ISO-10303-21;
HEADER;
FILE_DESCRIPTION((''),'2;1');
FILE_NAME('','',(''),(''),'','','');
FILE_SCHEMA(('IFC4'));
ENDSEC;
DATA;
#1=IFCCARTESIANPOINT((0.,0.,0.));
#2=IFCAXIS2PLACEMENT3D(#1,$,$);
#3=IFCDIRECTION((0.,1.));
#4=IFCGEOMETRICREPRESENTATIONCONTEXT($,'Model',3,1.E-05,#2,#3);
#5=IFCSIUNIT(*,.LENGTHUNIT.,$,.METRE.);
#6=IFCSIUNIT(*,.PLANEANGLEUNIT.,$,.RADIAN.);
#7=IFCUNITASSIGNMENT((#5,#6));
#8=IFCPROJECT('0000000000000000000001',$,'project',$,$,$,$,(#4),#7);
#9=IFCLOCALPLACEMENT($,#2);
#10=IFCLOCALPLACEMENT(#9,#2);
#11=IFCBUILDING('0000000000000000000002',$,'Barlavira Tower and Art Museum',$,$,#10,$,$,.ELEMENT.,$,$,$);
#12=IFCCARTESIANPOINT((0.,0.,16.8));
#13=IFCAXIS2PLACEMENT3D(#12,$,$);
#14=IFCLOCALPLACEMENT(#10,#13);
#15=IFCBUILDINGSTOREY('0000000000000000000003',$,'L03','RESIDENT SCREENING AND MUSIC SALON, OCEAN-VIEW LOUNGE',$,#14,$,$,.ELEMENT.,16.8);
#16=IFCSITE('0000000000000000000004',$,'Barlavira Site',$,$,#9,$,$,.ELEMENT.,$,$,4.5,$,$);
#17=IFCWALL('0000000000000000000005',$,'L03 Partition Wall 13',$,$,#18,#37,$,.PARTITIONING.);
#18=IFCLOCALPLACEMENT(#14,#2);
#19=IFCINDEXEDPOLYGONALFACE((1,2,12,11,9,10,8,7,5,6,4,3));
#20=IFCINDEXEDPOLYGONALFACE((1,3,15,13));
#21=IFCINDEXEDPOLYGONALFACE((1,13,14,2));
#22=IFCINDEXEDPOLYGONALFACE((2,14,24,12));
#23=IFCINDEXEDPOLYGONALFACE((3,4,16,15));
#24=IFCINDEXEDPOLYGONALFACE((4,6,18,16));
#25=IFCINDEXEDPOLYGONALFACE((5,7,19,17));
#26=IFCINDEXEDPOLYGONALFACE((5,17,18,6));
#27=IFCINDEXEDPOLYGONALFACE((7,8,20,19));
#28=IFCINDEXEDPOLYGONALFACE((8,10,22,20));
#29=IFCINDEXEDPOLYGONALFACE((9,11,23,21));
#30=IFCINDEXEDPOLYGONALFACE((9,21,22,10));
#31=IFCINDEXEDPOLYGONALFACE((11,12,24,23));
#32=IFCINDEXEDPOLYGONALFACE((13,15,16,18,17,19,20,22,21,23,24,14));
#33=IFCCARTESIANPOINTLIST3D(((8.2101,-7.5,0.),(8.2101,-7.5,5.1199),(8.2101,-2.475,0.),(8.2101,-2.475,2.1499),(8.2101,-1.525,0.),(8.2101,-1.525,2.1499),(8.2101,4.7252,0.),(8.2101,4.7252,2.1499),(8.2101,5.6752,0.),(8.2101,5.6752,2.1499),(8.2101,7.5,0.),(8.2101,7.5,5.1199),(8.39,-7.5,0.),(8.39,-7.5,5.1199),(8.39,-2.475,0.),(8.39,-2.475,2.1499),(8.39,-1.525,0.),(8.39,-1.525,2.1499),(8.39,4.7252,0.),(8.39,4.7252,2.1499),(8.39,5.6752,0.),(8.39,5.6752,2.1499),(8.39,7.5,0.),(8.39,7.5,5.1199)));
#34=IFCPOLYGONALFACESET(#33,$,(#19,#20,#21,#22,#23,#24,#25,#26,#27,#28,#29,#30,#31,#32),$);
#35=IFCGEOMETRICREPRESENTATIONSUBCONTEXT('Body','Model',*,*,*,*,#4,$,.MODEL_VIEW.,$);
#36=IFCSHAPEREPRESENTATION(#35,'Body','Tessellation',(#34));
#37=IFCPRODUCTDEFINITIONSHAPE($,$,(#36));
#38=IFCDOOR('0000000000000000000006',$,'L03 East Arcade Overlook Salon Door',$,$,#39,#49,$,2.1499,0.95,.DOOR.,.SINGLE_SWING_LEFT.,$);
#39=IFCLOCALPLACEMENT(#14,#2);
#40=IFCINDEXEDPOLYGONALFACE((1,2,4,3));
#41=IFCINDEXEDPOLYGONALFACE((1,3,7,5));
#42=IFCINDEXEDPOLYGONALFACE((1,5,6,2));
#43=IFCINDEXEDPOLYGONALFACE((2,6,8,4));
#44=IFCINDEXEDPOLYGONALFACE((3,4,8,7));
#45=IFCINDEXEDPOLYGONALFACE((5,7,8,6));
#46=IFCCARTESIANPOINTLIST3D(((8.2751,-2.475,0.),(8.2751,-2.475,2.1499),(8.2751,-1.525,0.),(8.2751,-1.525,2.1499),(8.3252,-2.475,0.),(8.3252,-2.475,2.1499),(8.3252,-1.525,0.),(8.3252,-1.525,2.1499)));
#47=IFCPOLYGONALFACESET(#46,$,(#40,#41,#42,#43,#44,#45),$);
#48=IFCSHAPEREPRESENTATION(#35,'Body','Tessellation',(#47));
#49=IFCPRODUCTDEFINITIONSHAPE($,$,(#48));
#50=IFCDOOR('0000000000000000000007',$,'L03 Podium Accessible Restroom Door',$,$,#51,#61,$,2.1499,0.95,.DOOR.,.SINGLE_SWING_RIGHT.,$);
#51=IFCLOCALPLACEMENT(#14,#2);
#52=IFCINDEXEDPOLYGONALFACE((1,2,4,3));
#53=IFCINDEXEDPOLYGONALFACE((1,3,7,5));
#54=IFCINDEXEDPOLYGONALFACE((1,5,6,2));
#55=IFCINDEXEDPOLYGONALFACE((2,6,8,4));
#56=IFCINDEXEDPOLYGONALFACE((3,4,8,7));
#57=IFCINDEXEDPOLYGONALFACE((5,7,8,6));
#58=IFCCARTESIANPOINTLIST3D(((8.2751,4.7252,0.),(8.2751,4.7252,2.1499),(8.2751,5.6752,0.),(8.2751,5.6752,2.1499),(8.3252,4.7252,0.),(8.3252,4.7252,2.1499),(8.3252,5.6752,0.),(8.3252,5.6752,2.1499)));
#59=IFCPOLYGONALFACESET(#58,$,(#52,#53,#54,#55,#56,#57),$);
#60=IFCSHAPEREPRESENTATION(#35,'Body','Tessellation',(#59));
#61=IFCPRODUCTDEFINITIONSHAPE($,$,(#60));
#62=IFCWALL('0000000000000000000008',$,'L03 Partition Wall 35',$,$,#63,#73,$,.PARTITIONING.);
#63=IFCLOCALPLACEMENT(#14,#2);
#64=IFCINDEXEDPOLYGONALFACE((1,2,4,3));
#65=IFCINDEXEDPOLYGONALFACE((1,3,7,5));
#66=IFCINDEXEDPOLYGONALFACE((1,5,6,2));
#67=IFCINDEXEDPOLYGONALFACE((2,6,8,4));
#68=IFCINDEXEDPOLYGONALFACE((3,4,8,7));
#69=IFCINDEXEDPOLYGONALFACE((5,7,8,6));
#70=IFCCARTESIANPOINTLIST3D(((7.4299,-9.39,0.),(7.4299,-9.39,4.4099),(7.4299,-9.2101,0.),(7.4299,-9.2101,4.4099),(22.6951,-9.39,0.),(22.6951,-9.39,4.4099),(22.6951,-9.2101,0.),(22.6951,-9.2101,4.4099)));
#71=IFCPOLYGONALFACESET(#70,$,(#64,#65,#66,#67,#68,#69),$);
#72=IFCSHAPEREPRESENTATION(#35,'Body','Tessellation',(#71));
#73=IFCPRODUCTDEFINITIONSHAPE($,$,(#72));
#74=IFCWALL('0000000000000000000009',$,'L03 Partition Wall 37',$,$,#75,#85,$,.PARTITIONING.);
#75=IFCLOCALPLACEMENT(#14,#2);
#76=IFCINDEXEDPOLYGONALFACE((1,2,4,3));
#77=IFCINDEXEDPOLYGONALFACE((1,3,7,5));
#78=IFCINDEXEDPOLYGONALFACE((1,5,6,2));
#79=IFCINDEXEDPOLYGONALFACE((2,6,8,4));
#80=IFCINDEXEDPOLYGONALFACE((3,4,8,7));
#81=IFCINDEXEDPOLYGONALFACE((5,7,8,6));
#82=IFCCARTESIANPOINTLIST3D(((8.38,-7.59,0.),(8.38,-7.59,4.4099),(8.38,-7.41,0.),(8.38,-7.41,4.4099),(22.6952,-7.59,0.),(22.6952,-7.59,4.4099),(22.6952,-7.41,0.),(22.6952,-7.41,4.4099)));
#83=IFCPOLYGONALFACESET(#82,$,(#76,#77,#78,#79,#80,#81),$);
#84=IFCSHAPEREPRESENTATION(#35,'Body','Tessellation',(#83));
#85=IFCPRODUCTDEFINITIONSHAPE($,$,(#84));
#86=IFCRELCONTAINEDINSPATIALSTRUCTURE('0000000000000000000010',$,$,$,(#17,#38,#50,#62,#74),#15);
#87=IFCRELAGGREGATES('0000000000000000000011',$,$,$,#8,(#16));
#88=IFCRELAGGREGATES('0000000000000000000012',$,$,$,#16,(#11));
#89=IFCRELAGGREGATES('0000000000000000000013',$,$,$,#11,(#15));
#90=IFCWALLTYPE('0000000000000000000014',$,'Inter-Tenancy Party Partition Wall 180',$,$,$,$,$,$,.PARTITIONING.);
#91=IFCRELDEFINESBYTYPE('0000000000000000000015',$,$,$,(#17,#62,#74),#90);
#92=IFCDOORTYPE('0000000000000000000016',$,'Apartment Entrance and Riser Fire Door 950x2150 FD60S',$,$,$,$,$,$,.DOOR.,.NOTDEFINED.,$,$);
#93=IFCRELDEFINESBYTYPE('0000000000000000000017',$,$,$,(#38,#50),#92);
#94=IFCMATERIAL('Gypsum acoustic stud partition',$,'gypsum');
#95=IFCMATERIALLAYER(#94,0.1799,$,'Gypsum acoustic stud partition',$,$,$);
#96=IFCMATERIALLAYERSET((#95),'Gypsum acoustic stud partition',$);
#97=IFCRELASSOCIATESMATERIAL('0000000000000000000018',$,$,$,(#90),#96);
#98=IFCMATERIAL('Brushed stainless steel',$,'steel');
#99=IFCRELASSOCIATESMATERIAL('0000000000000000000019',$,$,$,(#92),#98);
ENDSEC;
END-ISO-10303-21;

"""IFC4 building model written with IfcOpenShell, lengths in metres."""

from ifc_helpers import new_model, si_unit, direction, frame, frame_2d, origin, place, context, subcontext, project, spatial, rectangle, extrude, material, layer, layer_set, type_object, element, fill, save


model = new_model("IFC4")

# Units and contexts
model_context = context("Model", 3, precision=1e-05, world=origin(), true_north=direction((0.0, 1.0)))
body_context = subcontext(model_context, "Body", "Model", "MODEL_VIEW")
ifc_project = project(units=[si_unit("LENGTHUNIT", "METRE"), si_unit("PLANEANGLEUNIT", "RADIAN")], contexts=[model_context])

# Site, building, storey
site_placement = place(None, origin())
site = spatial("IfcSite", under=ifc_project, at=site_placement, Name="Barlavira Site", CompositionType="ELEMENT", RefElevation=4.5)
building_placement = place(site_placement, origin())
building = spatial("IfcBuilding", under=site, at=building_placement, Name="Barlavira Tower and Art Museum", CompositionType="ELEMENT")
storey_placement = place(building_placement, frame((0.0, 0.0, 16.8)))
storey = spatial("IfcBuildingStorey", under=building, at=storey_placement, Name="L03", Description="RESIDENT SCREENING AND MUSIC SALON, OCEAN-VIEW LOUNGE", CompositionType="ELEMENT", Elevation=16.8)

# Shared definitions
ifc_material_1 = material(Name="Brushed stainless steel", Category="steel")

# Wall, openings, doors
ifc_material_2 = material(Name="Gypsum acoustic stud partition", Category="gypsum")
ifc_layer_1 = layer(ifc_material_2, 0.1799, Name="Gypsum acoustic stud partition")
ifc_layer_set_1 = layer_set([ifc_layer_1], Name="Gypsum acoustic stud partition")
wall_type_1 = type_object("IfcWallType", Name="Inter-Tenancy Party Partition Wall 180", PredefinedType="PARTITIONING", material=ifc_layer_set_1)
wall_1_placement = place(storey_placement, frame((8.3, -7.5, 0.0), z_axis=(0.0, 0.0, 1.0), x_axis=(0.0, 1.0, 0.0)))
wall_1 = element("IfcWall", 1, at=wall_1_placement, inside=storey, type_object=wall_type_1, Name="L03 Partition Wall 13", PredefinedType="PARTITIONING", context=body_context, shape_type="SweptSolid", body=[
    extrude(rectangle(XDim=15.0, YDim=0.1799, at=frame_2d((7.5, 0.0))), origin(), (0.0, 0.0, 1.0), 5.1199),
])
opening_1_placement = place(wall_1_placement, frame((5.0249, 0.0, 0.0)))
opening_1 = element("IfcOpeningElement", 2, at=opening_1_placement, cuts=wall_1, PredefinedType="OPENING", context=body_context, shape_type="SweptSolid", body=[
    extrude(rectangle(XDim=0.95, YDim=2.1499, at=frame_2d((0.4751, 1.075))), frame((0.0, 0.1001, 0.0), z_axis=(0.0, -1.0, 0.0), x_axis=(1.0, 0.0, 0.0)), (0.0, 0.0, 1.0), 0.2),
])
opening_2_placement = place(wall_1_placement, frame((12.2251, 0.0, 0.0)))
opening_2 = element("IfcOpeningElement", 3, at=opening_2_placement, cuts=wall_1, PredefinedType="OPENING", context=body_context, shape_type="SweptSolid", body=[
    extrude(rectangle(XDim=0.95, YDim=2.1499, at=frame_2d((0.4751, 1.075))), frame((0.0, 0.1001, 0.0), z_axis=(0.0, -1.0, 0.0), x_axis=(1.0, 0.0, 0.0)), (0.0, 0.0, 1.0), 0.2),
])
door_type_1 = type_object("IfcDoorType", Name="Apartment Entrance and Riser Fire Door 950x2150 FD60S", OperationType="NOTDEFINED", PredefinedType="DOOR", material=ifc_material_1)
door_1_placement = place(opening_1_placement, origin())
door_1 = element("IfcDoor", 4, at=door_1_placement, inside=storey, type_object=door_type_1, Name="L03 East Arcade Overlook Salon Door", OperationType="SINGLE_SWING_LEFT", OverallHeight=2.1499, OverallWidth=0.95, PredefinedType="DOOR", context=body_context, shape_type="SweptSolid", body=[
    extrude(rectangle(XDim=0.95, YDim=2.1499, at=frame_2d((0.4751, 1.075))), frame((0.0, 0.0249, 0.0), z_axis=(0.0, -1.0, 0.0), x_axis=(1.0, 0.0, 0.0)), (0.0, 0.0, 1.0), 0.05),
])
fill(opening_1, door_1)
door_2_placement = place(opening_2_placement, origin())
door_2 = element("IfcDoor", 5, at=door_2_placement, inside=storey, type_object=door_type_1, Name="L03 Podium Accessible Restroom Door", OperationType="SINGLE_SWING_RIGHT", OverallHeight=2.1499, OverallWidth=0.95, PredefinedType="DOOR", context=body_context, shape_type="SweptSolid", body=[
    extrude(rectangle(XDim=0.95, YDim=2.1499, at=frame_2d((0.4751, 1.075))), frame((0.0, 0.0249, 0.0), z_axis=(0.0, -1.0, 0.0), x_axis=(1.0, 0.0, 0.0)), (0.0, 0.0, 1.0), 0.05),
])
fill(opening_2, door_2)

# Walls
wall_2_placement = place(storey_placement, frame((7.4299, -9.3, 0.0), z_axis=(0.0, 0.0, 1.0), x_axis=(1.0, 0.0, 0.0)))
element("IfcWall", 6, at=wall_2_placement, inside=storey, type_object=wall_type_1, Name="L03 Partition Wall 35", PredefinedType="PARTITIONING", context=body_context, shape_type="SweptSolid", body=[
    extrude(rectangle(XDim=15.2651, YDim=0.1799, at=frame_2d((7.6326, 0.0))), origin(), (0.0, 0.0, 1.0), 4.4099),
])
wall_3_placement = place(storey_placement, frame((8.3799, -7.5, 0.0), z_axis=(0.0, 0.0, 1.0), x_axis=(1.0, 0.0, 0.0)))
element("IfcWall", 7, at=wall_3_placement, inside=storey, type_object=wall_type_1, Name="L03 Partition Wall 37", PredefinedType="PARTITIONING", context=body_context, shape_type="SweptSolid", body=[
    extrude(rectangle(XDim=14.3152, YDim=0.1799, at=frame_2d((7.1577, 0.0))), origin(), (0.0, 0.0, 1.0), 4.4099),
])

save(model, "model.ifc")
